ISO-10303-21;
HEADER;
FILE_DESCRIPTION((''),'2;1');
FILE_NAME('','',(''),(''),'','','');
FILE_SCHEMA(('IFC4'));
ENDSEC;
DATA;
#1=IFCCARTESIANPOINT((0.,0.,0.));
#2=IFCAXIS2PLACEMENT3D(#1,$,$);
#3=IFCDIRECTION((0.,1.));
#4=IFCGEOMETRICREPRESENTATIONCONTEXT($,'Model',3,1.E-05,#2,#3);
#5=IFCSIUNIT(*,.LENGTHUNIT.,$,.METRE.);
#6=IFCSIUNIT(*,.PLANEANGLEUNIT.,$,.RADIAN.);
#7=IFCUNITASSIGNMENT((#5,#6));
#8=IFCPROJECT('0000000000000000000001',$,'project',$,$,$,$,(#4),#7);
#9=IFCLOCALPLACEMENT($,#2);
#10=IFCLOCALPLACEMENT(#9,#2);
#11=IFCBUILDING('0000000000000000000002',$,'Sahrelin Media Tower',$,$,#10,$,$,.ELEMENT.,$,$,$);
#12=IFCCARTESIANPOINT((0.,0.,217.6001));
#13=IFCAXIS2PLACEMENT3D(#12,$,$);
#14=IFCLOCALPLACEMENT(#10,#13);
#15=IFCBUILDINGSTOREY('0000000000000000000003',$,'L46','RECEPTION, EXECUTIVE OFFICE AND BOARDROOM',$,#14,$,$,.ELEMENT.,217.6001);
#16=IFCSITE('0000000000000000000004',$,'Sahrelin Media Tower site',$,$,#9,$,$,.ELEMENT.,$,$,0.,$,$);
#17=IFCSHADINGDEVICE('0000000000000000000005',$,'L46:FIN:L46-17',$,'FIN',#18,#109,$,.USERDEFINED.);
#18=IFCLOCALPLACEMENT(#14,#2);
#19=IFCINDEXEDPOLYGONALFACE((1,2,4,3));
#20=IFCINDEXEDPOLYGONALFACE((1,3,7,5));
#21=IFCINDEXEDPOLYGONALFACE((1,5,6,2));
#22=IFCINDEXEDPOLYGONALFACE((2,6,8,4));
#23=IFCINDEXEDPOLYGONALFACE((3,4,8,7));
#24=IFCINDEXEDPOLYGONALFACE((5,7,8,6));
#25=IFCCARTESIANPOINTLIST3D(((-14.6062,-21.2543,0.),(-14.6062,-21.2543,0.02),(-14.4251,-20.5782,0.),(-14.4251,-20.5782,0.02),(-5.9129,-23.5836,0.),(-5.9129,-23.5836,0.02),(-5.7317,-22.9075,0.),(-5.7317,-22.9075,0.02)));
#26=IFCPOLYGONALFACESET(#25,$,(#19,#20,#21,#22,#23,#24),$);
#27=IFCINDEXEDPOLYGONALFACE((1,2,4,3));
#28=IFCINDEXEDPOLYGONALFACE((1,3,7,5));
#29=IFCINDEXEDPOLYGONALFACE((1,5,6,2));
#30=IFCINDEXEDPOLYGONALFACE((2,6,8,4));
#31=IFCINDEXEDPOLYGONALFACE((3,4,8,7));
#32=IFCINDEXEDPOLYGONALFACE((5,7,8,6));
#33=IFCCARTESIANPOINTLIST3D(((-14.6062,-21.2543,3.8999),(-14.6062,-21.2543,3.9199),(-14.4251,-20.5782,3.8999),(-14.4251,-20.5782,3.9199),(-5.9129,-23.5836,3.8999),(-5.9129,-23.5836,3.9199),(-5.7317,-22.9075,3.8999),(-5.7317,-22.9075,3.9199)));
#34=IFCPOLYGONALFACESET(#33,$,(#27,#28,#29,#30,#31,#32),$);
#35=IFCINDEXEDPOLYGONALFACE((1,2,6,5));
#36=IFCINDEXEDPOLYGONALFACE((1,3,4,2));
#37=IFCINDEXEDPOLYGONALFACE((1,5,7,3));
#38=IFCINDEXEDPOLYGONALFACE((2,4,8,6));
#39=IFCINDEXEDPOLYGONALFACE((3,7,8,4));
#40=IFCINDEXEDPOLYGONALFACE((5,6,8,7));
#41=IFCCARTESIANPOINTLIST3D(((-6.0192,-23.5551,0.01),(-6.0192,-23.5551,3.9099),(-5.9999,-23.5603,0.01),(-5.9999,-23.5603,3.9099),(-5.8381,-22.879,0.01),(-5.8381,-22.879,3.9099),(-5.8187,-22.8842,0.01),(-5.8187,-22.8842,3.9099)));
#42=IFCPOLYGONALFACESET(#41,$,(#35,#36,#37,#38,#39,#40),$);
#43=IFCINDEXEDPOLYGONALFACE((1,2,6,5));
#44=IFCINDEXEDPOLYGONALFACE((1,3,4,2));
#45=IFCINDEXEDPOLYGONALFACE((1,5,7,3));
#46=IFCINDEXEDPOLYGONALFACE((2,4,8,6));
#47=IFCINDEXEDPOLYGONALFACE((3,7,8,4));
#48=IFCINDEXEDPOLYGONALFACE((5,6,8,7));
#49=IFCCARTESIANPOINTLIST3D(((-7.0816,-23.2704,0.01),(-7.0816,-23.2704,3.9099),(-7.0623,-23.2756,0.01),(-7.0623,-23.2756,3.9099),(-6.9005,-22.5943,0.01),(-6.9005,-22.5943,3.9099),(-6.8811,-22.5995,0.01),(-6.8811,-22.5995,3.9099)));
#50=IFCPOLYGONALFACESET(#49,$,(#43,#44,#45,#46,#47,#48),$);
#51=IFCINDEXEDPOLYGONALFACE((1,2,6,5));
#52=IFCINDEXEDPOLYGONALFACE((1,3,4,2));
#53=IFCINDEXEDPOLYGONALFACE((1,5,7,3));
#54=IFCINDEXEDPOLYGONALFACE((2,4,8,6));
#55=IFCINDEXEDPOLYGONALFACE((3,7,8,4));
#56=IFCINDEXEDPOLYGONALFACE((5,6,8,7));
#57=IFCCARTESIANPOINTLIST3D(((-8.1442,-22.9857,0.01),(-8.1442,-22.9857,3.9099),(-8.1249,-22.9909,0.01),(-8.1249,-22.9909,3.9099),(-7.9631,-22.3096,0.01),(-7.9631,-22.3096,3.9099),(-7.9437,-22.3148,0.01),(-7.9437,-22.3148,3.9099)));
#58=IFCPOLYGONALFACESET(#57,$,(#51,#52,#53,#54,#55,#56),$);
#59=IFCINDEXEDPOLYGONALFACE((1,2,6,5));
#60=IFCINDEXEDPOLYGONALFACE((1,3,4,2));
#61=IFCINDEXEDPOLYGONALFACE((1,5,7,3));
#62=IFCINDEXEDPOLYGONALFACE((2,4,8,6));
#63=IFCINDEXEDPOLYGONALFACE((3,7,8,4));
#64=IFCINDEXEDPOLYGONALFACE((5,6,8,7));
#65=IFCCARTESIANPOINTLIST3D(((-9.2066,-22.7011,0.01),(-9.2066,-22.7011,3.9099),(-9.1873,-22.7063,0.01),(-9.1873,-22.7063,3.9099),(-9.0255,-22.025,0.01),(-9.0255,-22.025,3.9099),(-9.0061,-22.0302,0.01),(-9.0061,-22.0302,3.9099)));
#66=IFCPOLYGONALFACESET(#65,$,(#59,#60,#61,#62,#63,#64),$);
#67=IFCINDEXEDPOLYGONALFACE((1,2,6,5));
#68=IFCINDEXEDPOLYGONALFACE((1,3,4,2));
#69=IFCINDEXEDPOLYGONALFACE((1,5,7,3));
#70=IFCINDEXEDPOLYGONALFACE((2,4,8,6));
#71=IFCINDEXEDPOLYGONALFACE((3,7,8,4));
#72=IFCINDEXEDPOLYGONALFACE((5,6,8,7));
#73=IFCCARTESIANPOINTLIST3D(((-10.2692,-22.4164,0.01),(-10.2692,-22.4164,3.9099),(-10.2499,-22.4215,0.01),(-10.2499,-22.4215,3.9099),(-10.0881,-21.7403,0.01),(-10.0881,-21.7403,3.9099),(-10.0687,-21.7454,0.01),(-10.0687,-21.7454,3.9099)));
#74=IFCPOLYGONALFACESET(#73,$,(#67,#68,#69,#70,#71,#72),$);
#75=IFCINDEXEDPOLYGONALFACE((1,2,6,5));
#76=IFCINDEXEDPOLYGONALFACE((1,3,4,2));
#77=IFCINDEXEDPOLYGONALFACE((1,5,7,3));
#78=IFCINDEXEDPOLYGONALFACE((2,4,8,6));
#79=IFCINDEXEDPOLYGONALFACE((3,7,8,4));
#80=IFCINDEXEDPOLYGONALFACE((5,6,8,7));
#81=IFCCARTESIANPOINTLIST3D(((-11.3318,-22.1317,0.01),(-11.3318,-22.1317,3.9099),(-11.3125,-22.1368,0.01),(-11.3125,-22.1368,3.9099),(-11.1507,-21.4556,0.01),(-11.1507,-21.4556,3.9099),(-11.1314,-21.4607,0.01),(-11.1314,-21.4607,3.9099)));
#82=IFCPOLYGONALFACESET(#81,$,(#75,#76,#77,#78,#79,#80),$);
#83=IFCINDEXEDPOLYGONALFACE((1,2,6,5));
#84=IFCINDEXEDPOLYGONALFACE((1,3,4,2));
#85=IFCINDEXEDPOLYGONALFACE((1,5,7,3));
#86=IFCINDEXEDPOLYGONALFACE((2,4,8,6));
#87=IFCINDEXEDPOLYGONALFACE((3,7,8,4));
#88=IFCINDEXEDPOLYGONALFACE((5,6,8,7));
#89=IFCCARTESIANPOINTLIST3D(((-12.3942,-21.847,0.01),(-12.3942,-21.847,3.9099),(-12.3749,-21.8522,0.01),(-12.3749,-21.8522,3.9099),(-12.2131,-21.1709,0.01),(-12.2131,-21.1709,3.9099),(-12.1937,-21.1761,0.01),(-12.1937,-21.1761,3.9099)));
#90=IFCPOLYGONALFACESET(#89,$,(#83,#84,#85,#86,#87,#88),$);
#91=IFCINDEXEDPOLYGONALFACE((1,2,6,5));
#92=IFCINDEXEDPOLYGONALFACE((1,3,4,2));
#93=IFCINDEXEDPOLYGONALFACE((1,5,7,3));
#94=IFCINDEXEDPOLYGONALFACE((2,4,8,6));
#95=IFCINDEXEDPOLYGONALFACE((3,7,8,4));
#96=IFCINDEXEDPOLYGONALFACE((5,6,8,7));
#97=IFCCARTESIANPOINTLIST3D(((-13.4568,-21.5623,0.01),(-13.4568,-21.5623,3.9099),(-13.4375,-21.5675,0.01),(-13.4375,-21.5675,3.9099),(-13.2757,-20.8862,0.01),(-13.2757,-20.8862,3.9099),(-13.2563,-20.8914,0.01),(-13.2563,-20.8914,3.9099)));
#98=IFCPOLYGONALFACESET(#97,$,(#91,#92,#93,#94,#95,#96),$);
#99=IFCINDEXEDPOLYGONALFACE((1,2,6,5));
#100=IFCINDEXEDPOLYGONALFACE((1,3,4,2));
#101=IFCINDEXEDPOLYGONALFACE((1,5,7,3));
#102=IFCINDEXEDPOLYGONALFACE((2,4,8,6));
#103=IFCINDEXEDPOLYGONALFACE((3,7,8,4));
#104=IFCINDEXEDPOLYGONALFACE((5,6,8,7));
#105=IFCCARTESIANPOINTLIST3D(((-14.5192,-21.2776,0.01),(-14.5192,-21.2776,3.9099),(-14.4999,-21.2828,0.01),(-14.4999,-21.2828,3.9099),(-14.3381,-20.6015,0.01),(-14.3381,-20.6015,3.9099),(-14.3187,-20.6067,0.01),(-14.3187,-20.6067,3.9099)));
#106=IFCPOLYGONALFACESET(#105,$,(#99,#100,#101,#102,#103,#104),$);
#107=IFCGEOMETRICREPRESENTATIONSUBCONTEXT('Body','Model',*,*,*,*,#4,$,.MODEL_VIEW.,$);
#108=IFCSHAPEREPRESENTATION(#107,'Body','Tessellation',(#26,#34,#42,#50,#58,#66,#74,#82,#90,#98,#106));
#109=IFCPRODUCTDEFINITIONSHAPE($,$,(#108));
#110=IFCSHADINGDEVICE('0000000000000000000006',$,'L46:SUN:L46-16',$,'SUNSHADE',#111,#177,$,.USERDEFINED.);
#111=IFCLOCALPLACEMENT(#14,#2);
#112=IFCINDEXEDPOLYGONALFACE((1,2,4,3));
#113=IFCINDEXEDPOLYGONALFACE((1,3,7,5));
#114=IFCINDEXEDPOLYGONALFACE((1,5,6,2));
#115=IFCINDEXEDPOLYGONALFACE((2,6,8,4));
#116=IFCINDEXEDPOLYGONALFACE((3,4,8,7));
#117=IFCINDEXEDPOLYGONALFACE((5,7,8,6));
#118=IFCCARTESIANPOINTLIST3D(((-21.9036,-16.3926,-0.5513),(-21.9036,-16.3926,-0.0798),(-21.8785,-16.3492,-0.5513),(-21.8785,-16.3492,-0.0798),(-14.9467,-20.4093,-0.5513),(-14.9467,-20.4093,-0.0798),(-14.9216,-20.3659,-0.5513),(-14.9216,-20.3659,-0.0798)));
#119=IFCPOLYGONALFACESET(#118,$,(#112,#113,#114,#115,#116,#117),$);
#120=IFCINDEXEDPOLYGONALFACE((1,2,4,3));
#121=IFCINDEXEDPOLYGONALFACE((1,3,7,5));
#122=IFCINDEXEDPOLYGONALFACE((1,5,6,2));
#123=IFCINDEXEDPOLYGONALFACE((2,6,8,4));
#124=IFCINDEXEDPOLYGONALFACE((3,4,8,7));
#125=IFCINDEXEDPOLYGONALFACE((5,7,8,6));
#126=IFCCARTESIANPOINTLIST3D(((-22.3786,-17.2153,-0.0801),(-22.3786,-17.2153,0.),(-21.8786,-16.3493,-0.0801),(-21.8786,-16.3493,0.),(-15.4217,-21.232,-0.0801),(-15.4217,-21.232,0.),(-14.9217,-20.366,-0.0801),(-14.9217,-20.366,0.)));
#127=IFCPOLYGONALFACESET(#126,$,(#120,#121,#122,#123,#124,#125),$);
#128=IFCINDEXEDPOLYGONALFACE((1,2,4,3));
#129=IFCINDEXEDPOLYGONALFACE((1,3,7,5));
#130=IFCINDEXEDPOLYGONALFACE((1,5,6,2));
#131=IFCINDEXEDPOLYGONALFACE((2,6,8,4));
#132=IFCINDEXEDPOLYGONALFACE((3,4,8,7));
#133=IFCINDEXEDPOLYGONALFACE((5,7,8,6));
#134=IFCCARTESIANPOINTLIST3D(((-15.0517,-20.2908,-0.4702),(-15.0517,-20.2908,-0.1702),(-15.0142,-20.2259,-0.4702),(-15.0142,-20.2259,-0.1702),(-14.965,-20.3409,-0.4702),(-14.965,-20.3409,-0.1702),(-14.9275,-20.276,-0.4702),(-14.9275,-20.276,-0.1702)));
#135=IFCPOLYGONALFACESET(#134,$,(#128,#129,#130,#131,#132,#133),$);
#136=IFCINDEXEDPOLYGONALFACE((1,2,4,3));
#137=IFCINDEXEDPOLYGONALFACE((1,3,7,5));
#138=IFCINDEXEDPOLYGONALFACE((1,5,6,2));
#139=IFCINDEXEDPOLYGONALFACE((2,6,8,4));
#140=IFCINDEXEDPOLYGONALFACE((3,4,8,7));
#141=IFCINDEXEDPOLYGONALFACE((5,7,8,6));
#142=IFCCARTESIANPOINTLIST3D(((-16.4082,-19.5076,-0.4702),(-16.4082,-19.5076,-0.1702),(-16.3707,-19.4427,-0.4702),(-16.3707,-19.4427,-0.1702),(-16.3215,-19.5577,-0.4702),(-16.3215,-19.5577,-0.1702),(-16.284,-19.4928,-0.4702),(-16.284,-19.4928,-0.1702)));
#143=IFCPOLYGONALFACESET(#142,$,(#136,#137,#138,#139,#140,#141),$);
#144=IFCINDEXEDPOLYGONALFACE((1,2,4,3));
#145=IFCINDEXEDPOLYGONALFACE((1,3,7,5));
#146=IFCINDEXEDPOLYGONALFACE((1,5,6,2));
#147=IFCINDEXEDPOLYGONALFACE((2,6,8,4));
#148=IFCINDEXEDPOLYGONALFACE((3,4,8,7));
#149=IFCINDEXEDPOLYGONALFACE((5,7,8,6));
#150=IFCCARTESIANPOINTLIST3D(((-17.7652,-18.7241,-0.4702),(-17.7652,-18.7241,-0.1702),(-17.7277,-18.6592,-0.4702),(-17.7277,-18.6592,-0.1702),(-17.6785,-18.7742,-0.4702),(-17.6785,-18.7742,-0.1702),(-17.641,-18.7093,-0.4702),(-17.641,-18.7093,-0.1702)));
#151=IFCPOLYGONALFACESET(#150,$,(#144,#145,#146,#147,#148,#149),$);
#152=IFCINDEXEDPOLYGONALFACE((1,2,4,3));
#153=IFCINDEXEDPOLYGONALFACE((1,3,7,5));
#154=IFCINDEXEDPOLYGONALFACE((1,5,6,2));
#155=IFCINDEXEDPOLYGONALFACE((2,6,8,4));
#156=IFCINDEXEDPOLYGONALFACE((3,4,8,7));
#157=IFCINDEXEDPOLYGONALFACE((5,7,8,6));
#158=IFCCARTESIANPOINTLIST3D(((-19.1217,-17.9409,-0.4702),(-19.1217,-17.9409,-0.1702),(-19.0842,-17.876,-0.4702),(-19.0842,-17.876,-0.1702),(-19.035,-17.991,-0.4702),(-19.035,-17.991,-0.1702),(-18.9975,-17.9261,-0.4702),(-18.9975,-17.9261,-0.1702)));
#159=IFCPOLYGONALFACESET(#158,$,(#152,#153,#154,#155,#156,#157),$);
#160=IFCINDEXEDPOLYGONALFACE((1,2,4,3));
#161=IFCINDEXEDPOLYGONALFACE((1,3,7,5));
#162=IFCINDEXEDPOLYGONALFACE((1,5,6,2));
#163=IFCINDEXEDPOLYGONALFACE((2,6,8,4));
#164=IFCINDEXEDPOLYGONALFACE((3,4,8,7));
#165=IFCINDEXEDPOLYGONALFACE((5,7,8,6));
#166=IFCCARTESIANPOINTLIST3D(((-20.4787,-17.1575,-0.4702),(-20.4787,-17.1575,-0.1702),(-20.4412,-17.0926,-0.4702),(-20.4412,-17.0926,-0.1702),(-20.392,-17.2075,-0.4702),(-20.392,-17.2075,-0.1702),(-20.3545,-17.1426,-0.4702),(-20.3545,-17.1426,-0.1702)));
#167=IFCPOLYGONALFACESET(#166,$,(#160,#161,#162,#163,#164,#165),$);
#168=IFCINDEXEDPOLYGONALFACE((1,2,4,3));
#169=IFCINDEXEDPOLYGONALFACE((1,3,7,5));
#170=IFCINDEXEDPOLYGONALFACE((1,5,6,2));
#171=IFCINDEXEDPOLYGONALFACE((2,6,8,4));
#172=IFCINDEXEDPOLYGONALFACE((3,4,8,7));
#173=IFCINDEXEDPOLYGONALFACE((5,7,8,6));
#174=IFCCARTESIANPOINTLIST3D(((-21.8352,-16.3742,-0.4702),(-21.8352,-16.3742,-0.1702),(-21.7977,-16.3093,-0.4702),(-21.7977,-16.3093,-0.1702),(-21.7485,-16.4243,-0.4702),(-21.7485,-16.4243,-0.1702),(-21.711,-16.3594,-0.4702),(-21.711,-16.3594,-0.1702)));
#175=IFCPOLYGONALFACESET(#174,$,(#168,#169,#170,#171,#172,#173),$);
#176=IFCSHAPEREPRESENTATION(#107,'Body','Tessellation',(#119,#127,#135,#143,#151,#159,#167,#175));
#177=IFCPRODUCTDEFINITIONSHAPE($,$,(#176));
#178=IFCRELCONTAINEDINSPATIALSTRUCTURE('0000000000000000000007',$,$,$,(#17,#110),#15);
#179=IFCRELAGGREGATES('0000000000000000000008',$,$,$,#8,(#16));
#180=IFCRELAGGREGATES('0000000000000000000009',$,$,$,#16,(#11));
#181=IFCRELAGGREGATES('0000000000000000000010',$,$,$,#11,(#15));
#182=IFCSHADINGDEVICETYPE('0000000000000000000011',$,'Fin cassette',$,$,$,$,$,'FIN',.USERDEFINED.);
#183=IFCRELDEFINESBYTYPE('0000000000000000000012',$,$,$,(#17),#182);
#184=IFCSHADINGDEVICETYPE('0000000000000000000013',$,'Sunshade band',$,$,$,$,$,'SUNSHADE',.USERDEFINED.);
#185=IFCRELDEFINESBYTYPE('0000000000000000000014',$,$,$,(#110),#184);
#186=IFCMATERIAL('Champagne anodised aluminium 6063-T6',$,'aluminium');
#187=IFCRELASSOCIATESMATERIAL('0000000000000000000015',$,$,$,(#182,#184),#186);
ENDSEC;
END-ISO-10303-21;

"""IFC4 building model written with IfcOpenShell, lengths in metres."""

from ifc_helpers import new_model, si_unit, direction, frame, origin, origin_2d, place, context, subcontext, project, spatial, rectangle, extrude, material, type_object, element, save


model = new_model("IFC4")

# Units and contexts
model_context = context("Model", 3, precision=1e-05, world=origin(), true_north=direction((0.0, 1.0)))
body_context = subcontext(model_context, "Body", "Model", "MODEL_VIEW")
ifc_project = project(units=[si_unit("LENGTHUNIT", "METRE"), si_unit("PLANEANGLEUNIT", "RADIAN")], contexts=[model_context])

# Site, building, storey
site_placement = place(None, origin())
site = spatial("IfcSite", under=ifc_project, at=site_placement, Name="Sahrelin Media Tower site", CompositionType="ELEMENT", RefElevation=0.0)
building_placement = place(site_placement, origin())
building = spatial("IfcBuilding", under=site, at=building_placement, Name="Sahrelin Media Tower", CompositionType="ELEMENT")
storey_placement = place(building_placement, frame((0.0, 0.0, 217.6001)))
storey = spatial("IfcBuildingStorey", under=building, at=storey_placement, Name="L46", Description="RECEPTION, EXECUTIVE OFFICE AND BOARDROOM", CompositionType="ELEMENT", Elevation=217.6001)

# Shared definitions
ifc_material_1 = material(Name="Champagne anodised aluminium 6063-T6", Category="aluminium")

# Shading devices
shading_device_type_1 = type_object("IfcShadingDeviceType", Name="Fin cassette", ElementType="FIN", PredefinedType="USERDEFINED", material=ifc_material_1)
placement_1 = place(storey_placement, frame((-18.3901, -18.3403, 0.0), z_axis=(0.0, 0.0, 1.0), x_axis=(-0.866019, 0.500011, 0.0)))
placement_2 = place(storey_placement, frame((-10.0603, -21.6753, 0.0), z_axis=(0.0, 0.0, 1.0), x_axis=(-0.965929, 0.258808, 0.0)))
element("IfcShadingDevice", 1, at=placement_2, inside=storey, type_object=shading_device_type_1, Name="L46:FIN:L46-17", ObjectType="FIN", PredefinedType="USERDEFINED", context=body_context, shape_type="SweptSolid", body=[
    extrude(rectangle(XDim=9.0, YDim=0.7, at=origin_2d()), frame((0.0, 0.4199, 0.0)), (0.0, 0.0, 1.0), 0.02),
    extrude(rectangle(XDim=9.0, YDim=0.7, at=origin_2d()), frame((0.0, 0.4199, 3.8999)), (0.0, 0.0, 1.0), 0.02),
    extrude(rectangle(XDim=0.02, YDim=0.7, at=origin_2d()), frame((-4.3999, 0.4199, 0.01), z_axis=(0.0, 0.0, 1.0), x_axis=(1.0, 0.0, 0.0)), (0.0, 0.0, 1.0), 3.8999),
    extrude(rectangle(XDim=0.02, YDim=0.7, at=origin_2d()), frame((-3.3, 0.4199, 0.01), z_axis=(0.0, 0.0, 1.0), x_axis=(1.0, 0.0, 0.0)), (0.0, 0.0, 1.0), 3.8999),
    extrude(rectangle(XDim=0.02, YDim=0.7, at=origin_2d()), frame((-2.2, 0.4199, 0.01), z_axis=(0.0, 0.0, 1.0), x_axis=(1.0, 0.0, 0.0)), (0.0, 0.0, 1.0), 3.8999),
    extrude(rectangle(XDim=0.02, YDim=0.7, at=origin_2d()), frame((-1.1001, 0.4199, 0.01), z_axis=(0.0, 0.0, 1.0), x_axis=(1.0, 0.0, 0.0)), (0.0, 0.0, 1.0), 3.8999),
    extrude(rectangle(XDim=0.02, YDim=0.7, at=origin_2d()), frame((0.0, 0.4199, 0.01), z_axis=(0.0, 0.0, 1.0), x_axis=(1.0, 0.0, 0.0)), (0.0, 0.0, 1.0), 3.8999),
    extrude(rectangle(XDim=0.02, YDim=0.7, at=origin_2d()), frame((1.1001, 0.4199, 0.01), z_axis=(0.0, 0.0, 1.0), x_axis=(1.0, 0.0, 0.0)), (0.0, 0.0, 1.0), 3.8999),
    extrude(rectangle(XDim=0.02, YDim=0.7, at=origin_2d()), frame((2.2, 0.4199, 0.01), z_axis=(0.0, 0.0, 1.0), x_axis=(1.0, 0.0, 0.0)), (0.0, 0.0, 1.0), 3.8999),
    extrude(rectangle(XDim=0.02, YDim=0.7, at=origin_2d()), frame((3.3, 0.4199, 0.01), z_axis=(0.0, 0.0, 1.0), x_axis=(1.0, 0.0, 0.0)), (0.0, 0.0, 1.0), 3.8999),
    extrude(rectangle(XDim=0.02, YDim=0.7, at=origin_2d()), frame((4.3999, 0.4199, 0.01), z_axis=(0.0, 0.0, 1.0), x_axis=(1.0, 0.0, 0.0)), (0.0, 0.0, 1.0), 3.8999),
])
shading_device_type_2 = type_object("IfcShadingDeviceType", Name="Sunshade band", ElementType="SUNSHADE", PredefinedType="USERDEFINED", material=ifc_material_1)
element("IfcShadingDevice", 2, at=placement_1, inside=storey, type_object=shading_device_type_2, Name="L46:SUN:L46-16", ObjectType="SUNSHADE", PredefinedType="USERDEFINED", context=body_context, shape_type="SweptSolid", body=[
    extrude(rectangle(XDim=8.0332, YDim=0.05, at=origin_2d()), frame((0.0, 0.0449, -0.5513)), (0.0, 0.0, 1.0), 0.4714),
    extrude(rectangle(XDim=8.0332, YDim=1.0, at=origin_2d()), frame((0.0, 0.52, -0.0801)), (0.0, 0.0, 1.0), 0.0801),
    extrude(rectangle(XDim=0.1001, YDim=0.075, at=origin_2d()), frame((-3.9165, -0.0176, -0.4702)), (0.0, 0.0, 1.0), 0.3),
    extrude(rectangle(XDim=0.1001, YDim=0.075, at=origin_2d()), frame((-2.3501, -0.0176, -0.4702)), (0.0, 0.0, 1.0), 0.3),
    extrude(rectangle(XDim=0.1001, YDim=0.075, at=origin_2d()), frame((-0.7832, -0.0176, -0.4702)), (0.0, 0.0, 1.0), 0.3),
    extrude(rectangle(XDim=0.1001, YDim=0.075, at=origin_2d()), frame((0.7832, -0.0176, -0.4702)), (0.0, 0.0, 1.0), 0.3),
    extrude(rectangle(XDim=0.1001, YDim=0.075, at=origin_2d()), frame((2.3501, -0.0176, -0.4702)), (0.0, 0.0, 1.0), 0.3),
    extrude(rectangle(XDim=0.1001, YDim=0.075, at=origin_2d()), frame((3.9165, -0.0176, -0.4702)), (0.0, 0.0, 1.0), 0.3),
])

save(model, "model.ifc")
